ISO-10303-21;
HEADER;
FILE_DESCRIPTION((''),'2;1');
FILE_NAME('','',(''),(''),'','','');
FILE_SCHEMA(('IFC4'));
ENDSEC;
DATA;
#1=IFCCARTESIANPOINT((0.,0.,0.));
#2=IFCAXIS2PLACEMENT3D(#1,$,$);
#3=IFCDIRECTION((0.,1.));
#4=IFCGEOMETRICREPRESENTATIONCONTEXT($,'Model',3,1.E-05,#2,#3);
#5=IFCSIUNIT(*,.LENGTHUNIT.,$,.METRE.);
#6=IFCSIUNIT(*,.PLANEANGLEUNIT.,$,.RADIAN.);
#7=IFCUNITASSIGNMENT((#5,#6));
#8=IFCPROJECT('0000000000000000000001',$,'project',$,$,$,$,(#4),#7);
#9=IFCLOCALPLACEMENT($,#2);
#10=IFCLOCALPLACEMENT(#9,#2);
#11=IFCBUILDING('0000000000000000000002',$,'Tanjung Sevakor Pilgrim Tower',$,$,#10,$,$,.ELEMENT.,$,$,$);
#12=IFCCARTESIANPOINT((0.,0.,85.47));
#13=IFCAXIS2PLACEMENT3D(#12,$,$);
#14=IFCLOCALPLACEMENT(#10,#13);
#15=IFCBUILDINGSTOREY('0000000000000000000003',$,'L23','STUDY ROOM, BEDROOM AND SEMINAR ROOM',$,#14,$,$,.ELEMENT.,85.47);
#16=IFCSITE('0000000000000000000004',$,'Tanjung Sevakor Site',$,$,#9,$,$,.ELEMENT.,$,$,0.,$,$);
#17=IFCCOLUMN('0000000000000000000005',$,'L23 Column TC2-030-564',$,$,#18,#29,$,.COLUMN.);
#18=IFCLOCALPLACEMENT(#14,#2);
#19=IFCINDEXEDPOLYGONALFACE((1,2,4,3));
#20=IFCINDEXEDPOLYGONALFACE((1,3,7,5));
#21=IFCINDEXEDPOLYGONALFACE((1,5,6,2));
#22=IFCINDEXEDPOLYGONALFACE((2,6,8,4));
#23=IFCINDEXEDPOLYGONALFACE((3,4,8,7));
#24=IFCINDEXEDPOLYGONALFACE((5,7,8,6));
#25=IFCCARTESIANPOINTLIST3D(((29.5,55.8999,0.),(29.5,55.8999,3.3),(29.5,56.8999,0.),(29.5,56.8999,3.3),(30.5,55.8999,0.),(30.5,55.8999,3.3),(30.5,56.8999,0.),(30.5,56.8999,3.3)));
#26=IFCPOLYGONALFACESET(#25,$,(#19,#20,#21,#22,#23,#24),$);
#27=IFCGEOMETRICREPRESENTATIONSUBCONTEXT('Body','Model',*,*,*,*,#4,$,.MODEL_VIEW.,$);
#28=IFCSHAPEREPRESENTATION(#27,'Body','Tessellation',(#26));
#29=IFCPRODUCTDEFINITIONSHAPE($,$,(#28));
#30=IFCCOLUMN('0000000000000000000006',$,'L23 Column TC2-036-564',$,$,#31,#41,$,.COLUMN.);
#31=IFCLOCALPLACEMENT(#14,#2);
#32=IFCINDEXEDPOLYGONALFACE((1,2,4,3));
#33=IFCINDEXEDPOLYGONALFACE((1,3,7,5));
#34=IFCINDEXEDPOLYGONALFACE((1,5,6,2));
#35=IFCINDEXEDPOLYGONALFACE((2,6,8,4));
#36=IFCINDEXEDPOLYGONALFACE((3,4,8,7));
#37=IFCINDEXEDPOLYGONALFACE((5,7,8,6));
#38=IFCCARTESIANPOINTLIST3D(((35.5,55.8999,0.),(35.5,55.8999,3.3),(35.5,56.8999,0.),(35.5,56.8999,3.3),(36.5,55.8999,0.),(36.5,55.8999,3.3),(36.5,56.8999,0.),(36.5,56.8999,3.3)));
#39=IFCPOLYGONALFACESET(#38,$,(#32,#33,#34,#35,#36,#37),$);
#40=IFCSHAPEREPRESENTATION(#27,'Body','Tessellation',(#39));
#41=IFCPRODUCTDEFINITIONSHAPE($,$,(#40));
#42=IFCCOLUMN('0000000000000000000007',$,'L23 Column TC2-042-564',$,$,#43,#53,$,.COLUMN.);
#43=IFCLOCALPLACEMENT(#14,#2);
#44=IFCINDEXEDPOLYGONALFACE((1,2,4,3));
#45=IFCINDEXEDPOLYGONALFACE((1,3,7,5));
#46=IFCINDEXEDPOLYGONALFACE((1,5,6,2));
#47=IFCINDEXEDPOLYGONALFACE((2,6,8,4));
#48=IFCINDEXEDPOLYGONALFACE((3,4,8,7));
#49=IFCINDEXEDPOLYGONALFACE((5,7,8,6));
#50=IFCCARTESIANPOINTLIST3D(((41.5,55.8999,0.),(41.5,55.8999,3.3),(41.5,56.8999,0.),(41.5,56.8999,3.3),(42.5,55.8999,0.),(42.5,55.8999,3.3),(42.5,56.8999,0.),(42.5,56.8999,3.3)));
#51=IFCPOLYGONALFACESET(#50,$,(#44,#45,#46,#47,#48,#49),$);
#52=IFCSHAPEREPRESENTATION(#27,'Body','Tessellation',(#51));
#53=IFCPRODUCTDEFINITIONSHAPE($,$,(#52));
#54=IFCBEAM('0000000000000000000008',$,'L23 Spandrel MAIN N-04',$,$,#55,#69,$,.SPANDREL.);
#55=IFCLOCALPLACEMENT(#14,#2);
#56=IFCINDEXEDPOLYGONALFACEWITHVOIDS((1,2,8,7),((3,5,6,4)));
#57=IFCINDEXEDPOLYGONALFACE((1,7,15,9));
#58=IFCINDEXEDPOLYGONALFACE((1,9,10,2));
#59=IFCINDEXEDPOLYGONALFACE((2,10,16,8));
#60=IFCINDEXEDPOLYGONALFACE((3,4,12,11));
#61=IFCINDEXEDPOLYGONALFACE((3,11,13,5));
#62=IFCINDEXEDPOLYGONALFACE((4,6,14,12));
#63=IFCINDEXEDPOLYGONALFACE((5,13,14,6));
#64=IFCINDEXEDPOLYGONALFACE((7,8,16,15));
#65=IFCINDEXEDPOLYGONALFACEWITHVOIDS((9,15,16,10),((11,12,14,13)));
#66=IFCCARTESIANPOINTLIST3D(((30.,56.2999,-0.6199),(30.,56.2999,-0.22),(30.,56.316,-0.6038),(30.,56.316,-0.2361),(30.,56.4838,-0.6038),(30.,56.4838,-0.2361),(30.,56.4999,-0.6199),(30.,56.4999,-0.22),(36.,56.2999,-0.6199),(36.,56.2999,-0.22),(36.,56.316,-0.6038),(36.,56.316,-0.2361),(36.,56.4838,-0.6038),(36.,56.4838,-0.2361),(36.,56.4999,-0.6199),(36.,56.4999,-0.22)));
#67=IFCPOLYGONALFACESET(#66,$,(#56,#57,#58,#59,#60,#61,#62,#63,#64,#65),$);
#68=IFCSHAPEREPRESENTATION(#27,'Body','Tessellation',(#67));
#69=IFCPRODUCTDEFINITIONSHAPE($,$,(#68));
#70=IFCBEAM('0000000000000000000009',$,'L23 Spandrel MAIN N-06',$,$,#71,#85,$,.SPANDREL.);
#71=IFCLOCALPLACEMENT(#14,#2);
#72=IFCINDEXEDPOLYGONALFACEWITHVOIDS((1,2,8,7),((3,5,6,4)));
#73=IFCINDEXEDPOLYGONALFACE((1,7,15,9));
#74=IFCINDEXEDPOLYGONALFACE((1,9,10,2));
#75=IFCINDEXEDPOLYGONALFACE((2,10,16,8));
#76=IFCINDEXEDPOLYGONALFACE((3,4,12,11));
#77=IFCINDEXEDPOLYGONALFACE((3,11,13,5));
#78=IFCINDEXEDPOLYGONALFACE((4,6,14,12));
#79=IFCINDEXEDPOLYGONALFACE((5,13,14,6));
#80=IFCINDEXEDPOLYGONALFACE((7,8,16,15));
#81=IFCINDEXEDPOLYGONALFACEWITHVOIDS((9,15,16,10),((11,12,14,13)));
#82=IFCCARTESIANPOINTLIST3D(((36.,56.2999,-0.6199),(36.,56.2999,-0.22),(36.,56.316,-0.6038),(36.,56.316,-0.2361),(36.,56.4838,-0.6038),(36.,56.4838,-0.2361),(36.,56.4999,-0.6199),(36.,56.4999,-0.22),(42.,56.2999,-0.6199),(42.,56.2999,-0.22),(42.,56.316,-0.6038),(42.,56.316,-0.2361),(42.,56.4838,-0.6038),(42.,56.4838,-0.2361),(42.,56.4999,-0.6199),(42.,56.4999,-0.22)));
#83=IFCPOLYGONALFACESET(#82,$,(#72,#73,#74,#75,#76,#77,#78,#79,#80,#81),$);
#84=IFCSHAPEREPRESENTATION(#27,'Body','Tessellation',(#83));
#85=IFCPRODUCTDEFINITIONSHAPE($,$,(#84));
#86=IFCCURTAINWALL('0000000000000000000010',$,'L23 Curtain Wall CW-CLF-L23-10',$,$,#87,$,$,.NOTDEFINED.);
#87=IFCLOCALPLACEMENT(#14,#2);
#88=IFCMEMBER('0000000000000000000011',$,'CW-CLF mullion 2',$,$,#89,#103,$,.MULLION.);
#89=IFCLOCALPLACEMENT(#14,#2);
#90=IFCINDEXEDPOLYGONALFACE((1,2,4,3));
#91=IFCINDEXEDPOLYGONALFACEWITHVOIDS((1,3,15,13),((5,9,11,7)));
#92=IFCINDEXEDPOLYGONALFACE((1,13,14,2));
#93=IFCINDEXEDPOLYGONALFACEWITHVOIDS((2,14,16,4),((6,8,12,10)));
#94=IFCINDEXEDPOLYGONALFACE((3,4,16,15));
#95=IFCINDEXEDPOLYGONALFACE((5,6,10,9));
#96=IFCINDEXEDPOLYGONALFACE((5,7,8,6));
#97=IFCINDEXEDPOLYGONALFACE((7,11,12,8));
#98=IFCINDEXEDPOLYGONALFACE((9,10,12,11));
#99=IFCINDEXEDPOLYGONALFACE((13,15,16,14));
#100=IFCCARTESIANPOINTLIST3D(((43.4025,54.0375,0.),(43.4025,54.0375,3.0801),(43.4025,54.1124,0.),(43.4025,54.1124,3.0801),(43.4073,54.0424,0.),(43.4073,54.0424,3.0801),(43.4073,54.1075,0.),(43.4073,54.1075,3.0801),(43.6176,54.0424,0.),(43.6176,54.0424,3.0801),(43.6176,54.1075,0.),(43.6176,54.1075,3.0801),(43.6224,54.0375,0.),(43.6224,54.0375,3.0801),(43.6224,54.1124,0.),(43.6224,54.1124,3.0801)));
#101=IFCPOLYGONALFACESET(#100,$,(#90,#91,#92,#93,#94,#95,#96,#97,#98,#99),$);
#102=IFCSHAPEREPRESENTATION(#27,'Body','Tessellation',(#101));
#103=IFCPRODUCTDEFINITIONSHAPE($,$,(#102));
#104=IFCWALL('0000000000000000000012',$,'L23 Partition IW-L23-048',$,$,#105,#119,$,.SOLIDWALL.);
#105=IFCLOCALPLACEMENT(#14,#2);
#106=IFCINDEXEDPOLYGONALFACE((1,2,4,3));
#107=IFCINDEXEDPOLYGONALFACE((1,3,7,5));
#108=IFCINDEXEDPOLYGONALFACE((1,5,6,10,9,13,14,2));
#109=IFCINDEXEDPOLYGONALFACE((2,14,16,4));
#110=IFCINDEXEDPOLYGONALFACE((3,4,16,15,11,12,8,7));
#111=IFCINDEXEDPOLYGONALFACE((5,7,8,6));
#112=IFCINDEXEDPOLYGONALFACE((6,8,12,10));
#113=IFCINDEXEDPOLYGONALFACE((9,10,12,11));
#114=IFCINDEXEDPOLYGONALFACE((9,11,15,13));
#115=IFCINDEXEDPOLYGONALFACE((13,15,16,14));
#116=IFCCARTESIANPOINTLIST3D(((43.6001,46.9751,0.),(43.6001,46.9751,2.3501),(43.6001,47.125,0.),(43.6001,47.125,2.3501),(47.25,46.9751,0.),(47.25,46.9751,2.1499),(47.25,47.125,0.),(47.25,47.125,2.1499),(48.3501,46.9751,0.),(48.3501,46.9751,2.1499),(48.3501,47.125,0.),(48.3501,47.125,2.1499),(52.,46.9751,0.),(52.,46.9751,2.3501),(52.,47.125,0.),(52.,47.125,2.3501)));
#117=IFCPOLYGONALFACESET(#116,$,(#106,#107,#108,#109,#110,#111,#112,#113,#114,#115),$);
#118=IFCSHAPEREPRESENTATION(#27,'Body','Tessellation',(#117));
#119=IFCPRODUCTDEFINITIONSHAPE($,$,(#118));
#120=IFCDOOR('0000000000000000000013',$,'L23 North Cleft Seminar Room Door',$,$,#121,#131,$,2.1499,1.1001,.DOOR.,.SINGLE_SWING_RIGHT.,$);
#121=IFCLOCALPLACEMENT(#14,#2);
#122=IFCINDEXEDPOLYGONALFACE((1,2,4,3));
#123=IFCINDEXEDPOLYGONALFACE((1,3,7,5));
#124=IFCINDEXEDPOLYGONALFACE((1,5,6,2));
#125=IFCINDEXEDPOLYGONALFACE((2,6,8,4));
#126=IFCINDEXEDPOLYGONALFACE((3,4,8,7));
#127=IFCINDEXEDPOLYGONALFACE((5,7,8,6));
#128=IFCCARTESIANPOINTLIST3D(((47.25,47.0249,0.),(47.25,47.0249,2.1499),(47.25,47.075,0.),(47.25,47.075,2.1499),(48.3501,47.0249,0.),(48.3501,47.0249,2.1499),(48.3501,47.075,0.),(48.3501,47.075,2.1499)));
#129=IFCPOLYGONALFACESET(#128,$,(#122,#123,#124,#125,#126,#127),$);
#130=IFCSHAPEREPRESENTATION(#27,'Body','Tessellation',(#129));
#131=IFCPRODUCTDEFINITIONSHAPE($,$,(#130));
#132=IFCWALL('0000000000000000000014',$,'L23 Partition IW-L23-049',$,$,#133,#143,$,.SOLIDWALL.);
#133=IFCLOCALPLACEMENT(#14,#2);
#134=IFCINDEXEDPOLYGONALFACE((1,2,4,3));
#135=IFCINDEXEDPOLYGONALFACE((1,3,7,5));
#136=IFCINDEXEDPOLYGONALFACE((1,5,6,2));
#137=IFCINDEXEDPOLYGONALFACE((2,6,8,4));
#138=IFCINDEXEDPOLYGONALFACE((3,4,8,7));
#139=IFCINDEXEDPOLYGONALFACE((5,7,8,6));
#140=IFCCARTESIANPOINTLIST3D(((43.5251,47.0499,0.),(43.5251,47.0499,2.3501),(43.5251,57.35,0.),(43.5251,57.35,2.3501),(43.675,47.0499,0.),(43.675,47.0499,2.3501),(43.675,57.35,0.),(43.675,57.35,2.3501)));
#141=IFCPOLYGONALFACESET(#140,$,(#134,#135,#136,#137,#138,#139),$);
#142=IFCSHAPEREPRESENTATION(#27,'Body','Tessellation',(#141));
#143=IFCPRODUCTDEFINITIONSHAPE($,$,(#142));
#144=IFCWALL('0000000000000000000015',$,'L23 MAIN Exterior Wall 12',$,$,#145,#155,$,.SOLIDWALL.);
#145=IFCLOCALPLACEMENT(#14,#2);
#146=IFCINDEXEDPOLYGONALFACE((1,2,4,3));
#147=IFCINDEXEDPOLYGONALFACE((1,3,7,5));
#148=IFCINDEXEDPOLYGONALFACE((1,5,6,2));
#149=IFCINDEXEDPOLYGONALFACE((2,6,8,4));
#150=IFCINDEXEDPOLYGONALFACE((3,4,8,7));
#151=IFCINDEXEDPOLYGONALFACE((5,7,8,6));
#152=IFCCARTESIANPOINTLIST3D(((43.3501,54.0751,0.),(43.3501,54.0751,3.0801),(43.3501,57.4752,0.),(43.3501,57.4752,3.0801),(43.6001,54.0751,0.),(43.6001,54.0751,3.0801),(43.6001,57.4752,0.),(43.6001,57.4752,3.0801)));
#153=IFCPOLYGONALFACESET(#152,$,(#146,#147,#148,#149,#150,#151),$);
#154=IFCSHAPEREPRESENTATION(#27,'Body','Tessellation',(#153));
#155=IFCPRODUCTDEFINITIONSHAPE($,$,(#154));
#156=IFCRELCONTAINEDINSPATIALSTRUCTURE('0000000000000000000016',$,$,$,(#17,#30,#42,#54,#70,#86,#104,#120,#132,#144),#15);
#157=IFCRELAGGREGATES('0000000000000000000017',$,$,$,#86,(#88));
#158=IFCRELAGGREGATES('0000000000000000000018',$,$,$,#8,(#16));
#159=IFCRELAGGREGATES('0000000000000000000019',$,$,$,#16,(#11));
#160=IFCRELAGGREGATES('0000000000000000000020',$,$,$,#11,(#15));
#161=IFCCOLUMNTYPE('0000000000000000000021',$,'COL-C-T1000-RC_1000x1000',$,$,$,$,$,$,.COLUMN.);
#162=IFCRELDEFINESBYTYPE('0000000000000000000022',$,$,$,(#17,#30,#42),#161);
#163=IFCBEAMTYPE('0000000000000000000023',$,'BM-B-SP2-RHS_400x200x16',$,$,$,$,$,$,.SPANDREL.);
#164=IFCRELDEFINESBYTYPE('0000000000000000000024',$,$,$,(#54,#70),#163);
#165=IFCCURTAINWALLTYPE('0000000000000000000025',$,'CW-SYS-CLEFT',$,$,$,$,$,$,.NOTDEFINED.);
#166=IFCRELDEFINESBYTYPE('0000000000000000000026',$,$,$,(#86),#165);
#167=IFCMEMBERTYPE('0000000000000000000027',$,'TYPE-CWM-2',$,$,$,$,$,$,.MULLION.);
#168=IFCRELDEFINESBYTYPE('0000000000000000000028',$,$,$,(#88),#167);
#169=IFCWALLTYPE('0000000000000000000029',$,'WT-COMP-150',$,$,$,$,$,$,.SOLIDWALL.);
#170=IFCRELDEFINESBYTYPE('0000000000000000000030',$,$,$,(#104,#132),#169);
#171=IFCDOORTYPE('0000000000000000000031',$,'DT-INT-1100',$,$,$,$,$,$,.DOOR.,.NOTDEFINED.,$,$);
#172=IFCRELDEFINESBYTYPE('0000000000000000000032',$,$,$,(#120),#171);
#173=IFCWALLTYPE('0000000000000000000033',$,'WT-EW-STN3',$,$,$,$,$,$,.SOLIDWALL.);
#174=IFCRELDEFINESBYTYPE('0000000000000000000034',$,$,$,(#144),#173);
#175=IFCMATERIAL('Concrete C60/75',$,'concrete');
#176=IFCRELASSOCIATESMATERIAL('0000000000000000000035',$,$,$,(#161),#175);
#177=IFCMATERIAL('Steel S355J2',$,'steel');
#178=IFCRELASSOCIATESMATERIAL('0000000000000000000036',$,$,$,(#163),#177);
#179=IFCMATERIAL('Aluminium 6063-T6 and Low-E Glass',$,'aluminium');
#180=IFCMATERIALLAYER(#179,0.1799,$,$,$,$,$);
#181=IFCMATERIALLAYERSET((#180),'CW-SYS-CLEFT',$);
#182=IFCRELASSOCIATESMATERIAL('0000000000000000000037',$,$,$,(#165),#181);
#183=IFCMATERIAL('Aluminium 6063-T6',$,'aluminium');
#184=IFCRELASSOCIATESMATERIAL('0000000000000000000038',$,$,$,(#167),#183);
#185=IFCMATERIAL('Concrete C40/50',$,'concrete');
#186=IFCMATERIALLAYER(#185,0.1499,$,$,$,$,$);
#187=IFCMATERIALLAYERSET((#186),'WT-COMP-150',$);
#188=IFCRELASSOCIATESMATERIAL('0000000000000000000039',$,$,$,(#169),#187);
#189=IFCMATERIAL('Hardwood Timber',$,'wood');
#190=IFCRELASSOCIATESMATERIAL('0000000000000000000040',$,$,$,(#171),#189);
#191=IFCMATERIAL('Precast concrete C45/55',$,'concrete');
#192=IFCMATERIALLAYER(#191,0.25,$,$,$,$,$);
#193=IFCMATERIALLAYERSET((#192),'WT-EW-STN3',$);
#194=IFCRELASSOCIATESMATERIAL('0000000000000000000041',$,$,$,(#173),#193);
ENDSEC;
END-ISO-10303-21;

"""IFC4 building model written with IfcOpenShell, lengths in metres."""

from ifc_helpers import new_model, si_unit, direction, frame, frame_2d, origin, origin_2d, place, context, subcontext, project, spatial, rectangle, hollow_rectangle, extrude, material, layer, layer_set, material_profile, profile_set, type_object, element, fill, aggregate, save


model = new_model("IFC4")

# Units and contexts
model_context = context("Model", 3, precision=1e-05, world=origin(), true_north=direction((0.0, 1.0)))
body_context = subcontext(model_context, "Body", "Model", "MODEL_VIEW")
ifc_project = project(units=[si_unit("LENGTHUNIT", "METRE"), si_unit("PLANEANGLEUNIT", "RADIAN")], contexts=[model_context])

# Site, building, storey
site_placement = place(None, origin())
site = spatial("IfcSite", under=ifc_project, at=site_placement, Name="Tanjung Sevakor Site", CompositionType="ELEMENT", RefElevation=0.0)
building_placement = place(site_placement, origin())
building = spatial("IfcBuilding", under=site, at=building_placement, Name="Tanjung Sevakor Pilgrim Tower", CompositionType="ELEMENT")
storey_placement = place(building_placement, frame((0.0, 0.0, 85.47)))
storey = spatial("IfcBuildingStorey", under=building, at=storey_placement, Name="L23", Description="STUDY ROOM, BEDROOM AND SEMINAR ROOM", CompositionType="ELEMENT", Elevation=85.47)

# Columns
ifc_material_1 = material(Name="Concrete C60/75", Category="concrete")
ifc_material_profile_1 = material_profile(ifc_material_1, rectangle(XDim=1.0, YDim=1.0, at=origin_2d()))
ifc_profile_set_1 = profile_set([ifc_material_profile_1], Name="Concrete C60/75")
column_type = type_object("IfcColumnType", Name="COL-C-T1000-RC_1000x1000", PredefinedType="COLUMN", material=ifc_profile_set_1)
for number, where, z_axis, x_axis, name in (
    (1, (30.0, 56.3999, 0.0), (0.0, 0.0, 1.0), (1.0, 0.0, 0.0), "L23 Column TC2-030-564"),
    (2, (36.0, 56.3999, 0.0), (0.0, 0.0, 1.0), (1.0, 0.0, 0.0), "L23 Column TC2-036-564"),
    (3, (42.0, 56.3999, 0.0), (0.0, 0.0, 1.0), (1.0, 0.0, 0.0), "L23 Column TC2-042-564"),
):
    element("IfcColumn", number, at=place(storey_placement, frame(where, z_axis=z_axis, x_axis=x_axis)), inside=storey, type_object=column_type, Name=name, PredefinedType="COLUMN", context=body_context, shape_type="SweptSolid", body=[
        extrude(rectangle(XDim=1.0, YDim=1.0, at=origin_2d()), origin(), (0.0, 0.0, 1.0), 3.3),
    ])

# Beams
ifc_material_2 = material(Name="Steel S355J2", Category="steel")
ifc_material_profile_2 = material_profile(ifc_material_2, hollow_rectangle(XDim=0.2, YDim=0.3999, WallThickness=0.0161, at=origin_2d()))
ifc_profile_set_2 = profile_set([ifc_material_profile_2], Name="Steel S355J2")
beam_type = type_object("IfcBeamType", Name="BM-B-SP2-RHS_400x200x16", PredefinedType="SPANDREL", material=ifc_profile_set_2)
for number, where, z_axis, x_axis, name in (
    (4, (30.0, 56.3999, -0.4199), (1.0, 0.0, 0.0), (0.0, 1.0, 0.0), "L23 Spandrel MAIN N-04"),
    (5, (36.0, 56.3999, -0.4199), (1.0, 0.0, 0.0), (0.0, 1.0, 0.0), "L23 Spandrel MAIN N-06"),
):
    element("IfcBeam", number, at=place(storey_placement, frame(where, z_axis=z_axis, x_axis=x_axis)), inside=storey, type_object=beam_type, Name=name, PredefinedType="SPANDREL", context=body_context, shape_type="SweptSolid", body=[
        extrude(hollow_rectangle(XDim=0.2, YDim=0.3999, WallThickness=0.0161, at=origin_2d()), origin(), (0.0, 0.0, 1.0), 6.0),
    ])

# Curtain wall, member
ifc_material_3 = material(Name="Aluminium 6063-T6 and Low-E Glass", Category="aluminium")
ifc_layer_1 = layer(ifc_material_3, 0.1799)
ifc_layer_set_1 = layer_set([ifc_layer_1], Name="CW-SYS-CLEFT")
curtain_wall_type = type_object("IfcCurtainWallType", Name="CW-SYS-CLEFT", PredefinedType="NOTDEFINED", material=ifc_layer_set_1)
curtain_wall_placement = place(storey_placement, origin())
curtain_wall = element("IfcCurtainWall", 6, at=curtain_wall_placement, inside=storey, type_object=curtain_wall_type, Name="L23 Curtain Wall CW-CLF-L23-10", PredefinedType="NOTDEFINED")
ifc_material_4 = material(Name="Aluminium 6063-T6", Category="aluminium")
ifc_material_profile_3 = material_profile(ifc_material_4, hollow_rectangle(XDim=0.075, YDim=0.22, WallThickness=0.0049, at=origin_2d()))
ifc_profile_set_3 = profile_set([ifc_material_profile_3], Name="Aluminium 6063-T6")
member_type = type_object("IfcMemberType", Name="TYPE-CWM-2", PredefinedType="MULLION", material=ifc_profile_set_3)
member_placement = place(storey_placement, frame((43.5125, 54.075, 0.0), z_axis=(0.0, 0.0, 1.0), x_axis=(0.0, -1.0, 0.0)))
member = element("IfcMember", 7, at=member_placement, type_object=member_type, Name="CW-CLF mullion 2", PredefinedType="MULLION", context=body_context, shape_type="SweptSolid", body=[
    extrude(hollow_rectangle(XDim=0.075, YDim=0.22, WallThickness=0.0049, at=origin_2d()), origin(), (0.0, 0.0, 1.0), 3.0801),
])
aggregate(curtain_wall, [member])

# Wall, opening, door
ifc_material_5 = material(Name="Concrete C40/50", Category="concrete")
ifc_layer_2 = layer(ifc_material_5, 0.1499)
ifc_layer_set_2 = layer_set([ifc_layer_2], Name="WT-COMP-150")
wall_type_1 = type_object("IfcWallType", Name="WT-COMP-150", PredefinedType="SOLIDWALL", material=ifc_layer_set_2)
wall_1_placement = place(storey_placement, frame((43.6001, 47.05, 0.0), z_axis=(0.0, 0.0, 1.0), x_axis=(1.0, 0.0, 0.0)))
wall_1 = element("IfcWall", 8, at=wall_1_placement, inside=storey, type_object=wall_type_1, Name="L23 Partition IW-L23-048", PredefinedType="SOLIDWALL", context=body_context, shape_type="SweptSolid", body=[
    extrude(rectangle(XDim=8.3999, YDim=0.1499, at=frame_2d((4.2, 0.0))), origin(), (0.0, 0.0, 1.0), 2.3501),
])
opening_1_placement = place(wall_1_placement, frame((3.6499, 0.0, 0.0)))
opening_1 = element("IfcOpeningElement", 9, at=opening_1_placement, cuts=wall_1, PredefinedType="OPENING", context=body_context, shape_type="SweptSolid", body=[
    extrude(rectangle(XDim=1.1001, YDim=2.1499, at=frame_2d((0.55, 1.075))), frame((0.0, 0.085, 0.0), z_axis=(0.0, -1.0, 0.0), x_axis=(1.0, 0.0, 0.0)), (0.0, 0.0, 1.0), 0.1699),
])
ifc_material_6 = material(Name="Hardwood Timber", Category="wood")
door_type_1 = type_object("IfcDoorType", Name="DT-INT-1100", OperationType="NOTDEFINED", PredefinedType="DOOR", material=ifc_material_6)
door_1_placement = place(opening_1_placement, origin())
door_1 = element("IfcDoor", 10, at=door_1_placement, inside=storey, type_object=door_type_1, Name="L23 North Cleft Seminar Room Door", OperationType="SINGLE_SWING_RIGHT", OverallHeight=2.1499, OverallWidth=1.1001, PredefinedType="DOOR", context=body_context, shape_type="SweptSolid", body=[
    extrude(rectangle(XDim=1.1001, YDim=2.1499, at=frame_2d((0.55, 1.075))), frame((0.0, 0.0249, 0.0), z_axis=(0.0, -1.0, 0.0), x_axis=(1.0, 0.0, 0.0)), (0.0, 0.0, 1.0), 0.05),
])
fill(opening_1, door_1)

# Walls
wall_2_placement = place(storey_placement, frame((43.6001, 47.05, 0.0), z_axis=(0.0, 0.0, 1.0), x_axis=(0.0, 1.0, 0.0)))
element("IfcWall", 11, at=wall_2_placement, inside=storey, type_object=wall_type_1, Name="L23 Partition IW-L23-049", PredefinedType="SOLIDWALL", context=body_context, shape_type="SweptSolid", body=[
    extrude(rectangle(XDim=10.3, YDim=0.1499, at=frame_2d((5.1499, 0.0))), origin(), (0.0, 0.0, 1.0), 2.3501),
])
ifc_material_7 = material(Name="Precast concrete C45/55", Category="concrete")
ifc_layer_3 = layer(ifc_material_7, 0.25)
ifc_layer_set_3 = layer_set([ifc_layer_3], Name="WT-EW-STN3")
wall_type_2 = type_object("IfcWallType", Name="WT-EW-STN3", PredefinedType="SOLIDWALL", material=ifc_layer_set_3)
wall_3_placement = place(storey_placement, frame((43.4751, 54.075, 0.0), z_axis=(0.0, 0.0, 1.0), x_axis=(0.0, 1.0, 0.0)))
element("IfcWall", 12, at=wall_3_placement, inside=storey, type_object=wall_type_2, Name="L23 MAIN Exterior Wall 12", PredefinedType="SOLIDWALL", context=body_context, shape_type="SweptSolid", body=[
    extrude(rectangle(XDim=3.4001, YDim=0.25, at=frame_2d((1.7002, 0.0))), origin(), (0.0, 0.0, 1.0), 3.0801),
])

save(model, "model.ifc")
